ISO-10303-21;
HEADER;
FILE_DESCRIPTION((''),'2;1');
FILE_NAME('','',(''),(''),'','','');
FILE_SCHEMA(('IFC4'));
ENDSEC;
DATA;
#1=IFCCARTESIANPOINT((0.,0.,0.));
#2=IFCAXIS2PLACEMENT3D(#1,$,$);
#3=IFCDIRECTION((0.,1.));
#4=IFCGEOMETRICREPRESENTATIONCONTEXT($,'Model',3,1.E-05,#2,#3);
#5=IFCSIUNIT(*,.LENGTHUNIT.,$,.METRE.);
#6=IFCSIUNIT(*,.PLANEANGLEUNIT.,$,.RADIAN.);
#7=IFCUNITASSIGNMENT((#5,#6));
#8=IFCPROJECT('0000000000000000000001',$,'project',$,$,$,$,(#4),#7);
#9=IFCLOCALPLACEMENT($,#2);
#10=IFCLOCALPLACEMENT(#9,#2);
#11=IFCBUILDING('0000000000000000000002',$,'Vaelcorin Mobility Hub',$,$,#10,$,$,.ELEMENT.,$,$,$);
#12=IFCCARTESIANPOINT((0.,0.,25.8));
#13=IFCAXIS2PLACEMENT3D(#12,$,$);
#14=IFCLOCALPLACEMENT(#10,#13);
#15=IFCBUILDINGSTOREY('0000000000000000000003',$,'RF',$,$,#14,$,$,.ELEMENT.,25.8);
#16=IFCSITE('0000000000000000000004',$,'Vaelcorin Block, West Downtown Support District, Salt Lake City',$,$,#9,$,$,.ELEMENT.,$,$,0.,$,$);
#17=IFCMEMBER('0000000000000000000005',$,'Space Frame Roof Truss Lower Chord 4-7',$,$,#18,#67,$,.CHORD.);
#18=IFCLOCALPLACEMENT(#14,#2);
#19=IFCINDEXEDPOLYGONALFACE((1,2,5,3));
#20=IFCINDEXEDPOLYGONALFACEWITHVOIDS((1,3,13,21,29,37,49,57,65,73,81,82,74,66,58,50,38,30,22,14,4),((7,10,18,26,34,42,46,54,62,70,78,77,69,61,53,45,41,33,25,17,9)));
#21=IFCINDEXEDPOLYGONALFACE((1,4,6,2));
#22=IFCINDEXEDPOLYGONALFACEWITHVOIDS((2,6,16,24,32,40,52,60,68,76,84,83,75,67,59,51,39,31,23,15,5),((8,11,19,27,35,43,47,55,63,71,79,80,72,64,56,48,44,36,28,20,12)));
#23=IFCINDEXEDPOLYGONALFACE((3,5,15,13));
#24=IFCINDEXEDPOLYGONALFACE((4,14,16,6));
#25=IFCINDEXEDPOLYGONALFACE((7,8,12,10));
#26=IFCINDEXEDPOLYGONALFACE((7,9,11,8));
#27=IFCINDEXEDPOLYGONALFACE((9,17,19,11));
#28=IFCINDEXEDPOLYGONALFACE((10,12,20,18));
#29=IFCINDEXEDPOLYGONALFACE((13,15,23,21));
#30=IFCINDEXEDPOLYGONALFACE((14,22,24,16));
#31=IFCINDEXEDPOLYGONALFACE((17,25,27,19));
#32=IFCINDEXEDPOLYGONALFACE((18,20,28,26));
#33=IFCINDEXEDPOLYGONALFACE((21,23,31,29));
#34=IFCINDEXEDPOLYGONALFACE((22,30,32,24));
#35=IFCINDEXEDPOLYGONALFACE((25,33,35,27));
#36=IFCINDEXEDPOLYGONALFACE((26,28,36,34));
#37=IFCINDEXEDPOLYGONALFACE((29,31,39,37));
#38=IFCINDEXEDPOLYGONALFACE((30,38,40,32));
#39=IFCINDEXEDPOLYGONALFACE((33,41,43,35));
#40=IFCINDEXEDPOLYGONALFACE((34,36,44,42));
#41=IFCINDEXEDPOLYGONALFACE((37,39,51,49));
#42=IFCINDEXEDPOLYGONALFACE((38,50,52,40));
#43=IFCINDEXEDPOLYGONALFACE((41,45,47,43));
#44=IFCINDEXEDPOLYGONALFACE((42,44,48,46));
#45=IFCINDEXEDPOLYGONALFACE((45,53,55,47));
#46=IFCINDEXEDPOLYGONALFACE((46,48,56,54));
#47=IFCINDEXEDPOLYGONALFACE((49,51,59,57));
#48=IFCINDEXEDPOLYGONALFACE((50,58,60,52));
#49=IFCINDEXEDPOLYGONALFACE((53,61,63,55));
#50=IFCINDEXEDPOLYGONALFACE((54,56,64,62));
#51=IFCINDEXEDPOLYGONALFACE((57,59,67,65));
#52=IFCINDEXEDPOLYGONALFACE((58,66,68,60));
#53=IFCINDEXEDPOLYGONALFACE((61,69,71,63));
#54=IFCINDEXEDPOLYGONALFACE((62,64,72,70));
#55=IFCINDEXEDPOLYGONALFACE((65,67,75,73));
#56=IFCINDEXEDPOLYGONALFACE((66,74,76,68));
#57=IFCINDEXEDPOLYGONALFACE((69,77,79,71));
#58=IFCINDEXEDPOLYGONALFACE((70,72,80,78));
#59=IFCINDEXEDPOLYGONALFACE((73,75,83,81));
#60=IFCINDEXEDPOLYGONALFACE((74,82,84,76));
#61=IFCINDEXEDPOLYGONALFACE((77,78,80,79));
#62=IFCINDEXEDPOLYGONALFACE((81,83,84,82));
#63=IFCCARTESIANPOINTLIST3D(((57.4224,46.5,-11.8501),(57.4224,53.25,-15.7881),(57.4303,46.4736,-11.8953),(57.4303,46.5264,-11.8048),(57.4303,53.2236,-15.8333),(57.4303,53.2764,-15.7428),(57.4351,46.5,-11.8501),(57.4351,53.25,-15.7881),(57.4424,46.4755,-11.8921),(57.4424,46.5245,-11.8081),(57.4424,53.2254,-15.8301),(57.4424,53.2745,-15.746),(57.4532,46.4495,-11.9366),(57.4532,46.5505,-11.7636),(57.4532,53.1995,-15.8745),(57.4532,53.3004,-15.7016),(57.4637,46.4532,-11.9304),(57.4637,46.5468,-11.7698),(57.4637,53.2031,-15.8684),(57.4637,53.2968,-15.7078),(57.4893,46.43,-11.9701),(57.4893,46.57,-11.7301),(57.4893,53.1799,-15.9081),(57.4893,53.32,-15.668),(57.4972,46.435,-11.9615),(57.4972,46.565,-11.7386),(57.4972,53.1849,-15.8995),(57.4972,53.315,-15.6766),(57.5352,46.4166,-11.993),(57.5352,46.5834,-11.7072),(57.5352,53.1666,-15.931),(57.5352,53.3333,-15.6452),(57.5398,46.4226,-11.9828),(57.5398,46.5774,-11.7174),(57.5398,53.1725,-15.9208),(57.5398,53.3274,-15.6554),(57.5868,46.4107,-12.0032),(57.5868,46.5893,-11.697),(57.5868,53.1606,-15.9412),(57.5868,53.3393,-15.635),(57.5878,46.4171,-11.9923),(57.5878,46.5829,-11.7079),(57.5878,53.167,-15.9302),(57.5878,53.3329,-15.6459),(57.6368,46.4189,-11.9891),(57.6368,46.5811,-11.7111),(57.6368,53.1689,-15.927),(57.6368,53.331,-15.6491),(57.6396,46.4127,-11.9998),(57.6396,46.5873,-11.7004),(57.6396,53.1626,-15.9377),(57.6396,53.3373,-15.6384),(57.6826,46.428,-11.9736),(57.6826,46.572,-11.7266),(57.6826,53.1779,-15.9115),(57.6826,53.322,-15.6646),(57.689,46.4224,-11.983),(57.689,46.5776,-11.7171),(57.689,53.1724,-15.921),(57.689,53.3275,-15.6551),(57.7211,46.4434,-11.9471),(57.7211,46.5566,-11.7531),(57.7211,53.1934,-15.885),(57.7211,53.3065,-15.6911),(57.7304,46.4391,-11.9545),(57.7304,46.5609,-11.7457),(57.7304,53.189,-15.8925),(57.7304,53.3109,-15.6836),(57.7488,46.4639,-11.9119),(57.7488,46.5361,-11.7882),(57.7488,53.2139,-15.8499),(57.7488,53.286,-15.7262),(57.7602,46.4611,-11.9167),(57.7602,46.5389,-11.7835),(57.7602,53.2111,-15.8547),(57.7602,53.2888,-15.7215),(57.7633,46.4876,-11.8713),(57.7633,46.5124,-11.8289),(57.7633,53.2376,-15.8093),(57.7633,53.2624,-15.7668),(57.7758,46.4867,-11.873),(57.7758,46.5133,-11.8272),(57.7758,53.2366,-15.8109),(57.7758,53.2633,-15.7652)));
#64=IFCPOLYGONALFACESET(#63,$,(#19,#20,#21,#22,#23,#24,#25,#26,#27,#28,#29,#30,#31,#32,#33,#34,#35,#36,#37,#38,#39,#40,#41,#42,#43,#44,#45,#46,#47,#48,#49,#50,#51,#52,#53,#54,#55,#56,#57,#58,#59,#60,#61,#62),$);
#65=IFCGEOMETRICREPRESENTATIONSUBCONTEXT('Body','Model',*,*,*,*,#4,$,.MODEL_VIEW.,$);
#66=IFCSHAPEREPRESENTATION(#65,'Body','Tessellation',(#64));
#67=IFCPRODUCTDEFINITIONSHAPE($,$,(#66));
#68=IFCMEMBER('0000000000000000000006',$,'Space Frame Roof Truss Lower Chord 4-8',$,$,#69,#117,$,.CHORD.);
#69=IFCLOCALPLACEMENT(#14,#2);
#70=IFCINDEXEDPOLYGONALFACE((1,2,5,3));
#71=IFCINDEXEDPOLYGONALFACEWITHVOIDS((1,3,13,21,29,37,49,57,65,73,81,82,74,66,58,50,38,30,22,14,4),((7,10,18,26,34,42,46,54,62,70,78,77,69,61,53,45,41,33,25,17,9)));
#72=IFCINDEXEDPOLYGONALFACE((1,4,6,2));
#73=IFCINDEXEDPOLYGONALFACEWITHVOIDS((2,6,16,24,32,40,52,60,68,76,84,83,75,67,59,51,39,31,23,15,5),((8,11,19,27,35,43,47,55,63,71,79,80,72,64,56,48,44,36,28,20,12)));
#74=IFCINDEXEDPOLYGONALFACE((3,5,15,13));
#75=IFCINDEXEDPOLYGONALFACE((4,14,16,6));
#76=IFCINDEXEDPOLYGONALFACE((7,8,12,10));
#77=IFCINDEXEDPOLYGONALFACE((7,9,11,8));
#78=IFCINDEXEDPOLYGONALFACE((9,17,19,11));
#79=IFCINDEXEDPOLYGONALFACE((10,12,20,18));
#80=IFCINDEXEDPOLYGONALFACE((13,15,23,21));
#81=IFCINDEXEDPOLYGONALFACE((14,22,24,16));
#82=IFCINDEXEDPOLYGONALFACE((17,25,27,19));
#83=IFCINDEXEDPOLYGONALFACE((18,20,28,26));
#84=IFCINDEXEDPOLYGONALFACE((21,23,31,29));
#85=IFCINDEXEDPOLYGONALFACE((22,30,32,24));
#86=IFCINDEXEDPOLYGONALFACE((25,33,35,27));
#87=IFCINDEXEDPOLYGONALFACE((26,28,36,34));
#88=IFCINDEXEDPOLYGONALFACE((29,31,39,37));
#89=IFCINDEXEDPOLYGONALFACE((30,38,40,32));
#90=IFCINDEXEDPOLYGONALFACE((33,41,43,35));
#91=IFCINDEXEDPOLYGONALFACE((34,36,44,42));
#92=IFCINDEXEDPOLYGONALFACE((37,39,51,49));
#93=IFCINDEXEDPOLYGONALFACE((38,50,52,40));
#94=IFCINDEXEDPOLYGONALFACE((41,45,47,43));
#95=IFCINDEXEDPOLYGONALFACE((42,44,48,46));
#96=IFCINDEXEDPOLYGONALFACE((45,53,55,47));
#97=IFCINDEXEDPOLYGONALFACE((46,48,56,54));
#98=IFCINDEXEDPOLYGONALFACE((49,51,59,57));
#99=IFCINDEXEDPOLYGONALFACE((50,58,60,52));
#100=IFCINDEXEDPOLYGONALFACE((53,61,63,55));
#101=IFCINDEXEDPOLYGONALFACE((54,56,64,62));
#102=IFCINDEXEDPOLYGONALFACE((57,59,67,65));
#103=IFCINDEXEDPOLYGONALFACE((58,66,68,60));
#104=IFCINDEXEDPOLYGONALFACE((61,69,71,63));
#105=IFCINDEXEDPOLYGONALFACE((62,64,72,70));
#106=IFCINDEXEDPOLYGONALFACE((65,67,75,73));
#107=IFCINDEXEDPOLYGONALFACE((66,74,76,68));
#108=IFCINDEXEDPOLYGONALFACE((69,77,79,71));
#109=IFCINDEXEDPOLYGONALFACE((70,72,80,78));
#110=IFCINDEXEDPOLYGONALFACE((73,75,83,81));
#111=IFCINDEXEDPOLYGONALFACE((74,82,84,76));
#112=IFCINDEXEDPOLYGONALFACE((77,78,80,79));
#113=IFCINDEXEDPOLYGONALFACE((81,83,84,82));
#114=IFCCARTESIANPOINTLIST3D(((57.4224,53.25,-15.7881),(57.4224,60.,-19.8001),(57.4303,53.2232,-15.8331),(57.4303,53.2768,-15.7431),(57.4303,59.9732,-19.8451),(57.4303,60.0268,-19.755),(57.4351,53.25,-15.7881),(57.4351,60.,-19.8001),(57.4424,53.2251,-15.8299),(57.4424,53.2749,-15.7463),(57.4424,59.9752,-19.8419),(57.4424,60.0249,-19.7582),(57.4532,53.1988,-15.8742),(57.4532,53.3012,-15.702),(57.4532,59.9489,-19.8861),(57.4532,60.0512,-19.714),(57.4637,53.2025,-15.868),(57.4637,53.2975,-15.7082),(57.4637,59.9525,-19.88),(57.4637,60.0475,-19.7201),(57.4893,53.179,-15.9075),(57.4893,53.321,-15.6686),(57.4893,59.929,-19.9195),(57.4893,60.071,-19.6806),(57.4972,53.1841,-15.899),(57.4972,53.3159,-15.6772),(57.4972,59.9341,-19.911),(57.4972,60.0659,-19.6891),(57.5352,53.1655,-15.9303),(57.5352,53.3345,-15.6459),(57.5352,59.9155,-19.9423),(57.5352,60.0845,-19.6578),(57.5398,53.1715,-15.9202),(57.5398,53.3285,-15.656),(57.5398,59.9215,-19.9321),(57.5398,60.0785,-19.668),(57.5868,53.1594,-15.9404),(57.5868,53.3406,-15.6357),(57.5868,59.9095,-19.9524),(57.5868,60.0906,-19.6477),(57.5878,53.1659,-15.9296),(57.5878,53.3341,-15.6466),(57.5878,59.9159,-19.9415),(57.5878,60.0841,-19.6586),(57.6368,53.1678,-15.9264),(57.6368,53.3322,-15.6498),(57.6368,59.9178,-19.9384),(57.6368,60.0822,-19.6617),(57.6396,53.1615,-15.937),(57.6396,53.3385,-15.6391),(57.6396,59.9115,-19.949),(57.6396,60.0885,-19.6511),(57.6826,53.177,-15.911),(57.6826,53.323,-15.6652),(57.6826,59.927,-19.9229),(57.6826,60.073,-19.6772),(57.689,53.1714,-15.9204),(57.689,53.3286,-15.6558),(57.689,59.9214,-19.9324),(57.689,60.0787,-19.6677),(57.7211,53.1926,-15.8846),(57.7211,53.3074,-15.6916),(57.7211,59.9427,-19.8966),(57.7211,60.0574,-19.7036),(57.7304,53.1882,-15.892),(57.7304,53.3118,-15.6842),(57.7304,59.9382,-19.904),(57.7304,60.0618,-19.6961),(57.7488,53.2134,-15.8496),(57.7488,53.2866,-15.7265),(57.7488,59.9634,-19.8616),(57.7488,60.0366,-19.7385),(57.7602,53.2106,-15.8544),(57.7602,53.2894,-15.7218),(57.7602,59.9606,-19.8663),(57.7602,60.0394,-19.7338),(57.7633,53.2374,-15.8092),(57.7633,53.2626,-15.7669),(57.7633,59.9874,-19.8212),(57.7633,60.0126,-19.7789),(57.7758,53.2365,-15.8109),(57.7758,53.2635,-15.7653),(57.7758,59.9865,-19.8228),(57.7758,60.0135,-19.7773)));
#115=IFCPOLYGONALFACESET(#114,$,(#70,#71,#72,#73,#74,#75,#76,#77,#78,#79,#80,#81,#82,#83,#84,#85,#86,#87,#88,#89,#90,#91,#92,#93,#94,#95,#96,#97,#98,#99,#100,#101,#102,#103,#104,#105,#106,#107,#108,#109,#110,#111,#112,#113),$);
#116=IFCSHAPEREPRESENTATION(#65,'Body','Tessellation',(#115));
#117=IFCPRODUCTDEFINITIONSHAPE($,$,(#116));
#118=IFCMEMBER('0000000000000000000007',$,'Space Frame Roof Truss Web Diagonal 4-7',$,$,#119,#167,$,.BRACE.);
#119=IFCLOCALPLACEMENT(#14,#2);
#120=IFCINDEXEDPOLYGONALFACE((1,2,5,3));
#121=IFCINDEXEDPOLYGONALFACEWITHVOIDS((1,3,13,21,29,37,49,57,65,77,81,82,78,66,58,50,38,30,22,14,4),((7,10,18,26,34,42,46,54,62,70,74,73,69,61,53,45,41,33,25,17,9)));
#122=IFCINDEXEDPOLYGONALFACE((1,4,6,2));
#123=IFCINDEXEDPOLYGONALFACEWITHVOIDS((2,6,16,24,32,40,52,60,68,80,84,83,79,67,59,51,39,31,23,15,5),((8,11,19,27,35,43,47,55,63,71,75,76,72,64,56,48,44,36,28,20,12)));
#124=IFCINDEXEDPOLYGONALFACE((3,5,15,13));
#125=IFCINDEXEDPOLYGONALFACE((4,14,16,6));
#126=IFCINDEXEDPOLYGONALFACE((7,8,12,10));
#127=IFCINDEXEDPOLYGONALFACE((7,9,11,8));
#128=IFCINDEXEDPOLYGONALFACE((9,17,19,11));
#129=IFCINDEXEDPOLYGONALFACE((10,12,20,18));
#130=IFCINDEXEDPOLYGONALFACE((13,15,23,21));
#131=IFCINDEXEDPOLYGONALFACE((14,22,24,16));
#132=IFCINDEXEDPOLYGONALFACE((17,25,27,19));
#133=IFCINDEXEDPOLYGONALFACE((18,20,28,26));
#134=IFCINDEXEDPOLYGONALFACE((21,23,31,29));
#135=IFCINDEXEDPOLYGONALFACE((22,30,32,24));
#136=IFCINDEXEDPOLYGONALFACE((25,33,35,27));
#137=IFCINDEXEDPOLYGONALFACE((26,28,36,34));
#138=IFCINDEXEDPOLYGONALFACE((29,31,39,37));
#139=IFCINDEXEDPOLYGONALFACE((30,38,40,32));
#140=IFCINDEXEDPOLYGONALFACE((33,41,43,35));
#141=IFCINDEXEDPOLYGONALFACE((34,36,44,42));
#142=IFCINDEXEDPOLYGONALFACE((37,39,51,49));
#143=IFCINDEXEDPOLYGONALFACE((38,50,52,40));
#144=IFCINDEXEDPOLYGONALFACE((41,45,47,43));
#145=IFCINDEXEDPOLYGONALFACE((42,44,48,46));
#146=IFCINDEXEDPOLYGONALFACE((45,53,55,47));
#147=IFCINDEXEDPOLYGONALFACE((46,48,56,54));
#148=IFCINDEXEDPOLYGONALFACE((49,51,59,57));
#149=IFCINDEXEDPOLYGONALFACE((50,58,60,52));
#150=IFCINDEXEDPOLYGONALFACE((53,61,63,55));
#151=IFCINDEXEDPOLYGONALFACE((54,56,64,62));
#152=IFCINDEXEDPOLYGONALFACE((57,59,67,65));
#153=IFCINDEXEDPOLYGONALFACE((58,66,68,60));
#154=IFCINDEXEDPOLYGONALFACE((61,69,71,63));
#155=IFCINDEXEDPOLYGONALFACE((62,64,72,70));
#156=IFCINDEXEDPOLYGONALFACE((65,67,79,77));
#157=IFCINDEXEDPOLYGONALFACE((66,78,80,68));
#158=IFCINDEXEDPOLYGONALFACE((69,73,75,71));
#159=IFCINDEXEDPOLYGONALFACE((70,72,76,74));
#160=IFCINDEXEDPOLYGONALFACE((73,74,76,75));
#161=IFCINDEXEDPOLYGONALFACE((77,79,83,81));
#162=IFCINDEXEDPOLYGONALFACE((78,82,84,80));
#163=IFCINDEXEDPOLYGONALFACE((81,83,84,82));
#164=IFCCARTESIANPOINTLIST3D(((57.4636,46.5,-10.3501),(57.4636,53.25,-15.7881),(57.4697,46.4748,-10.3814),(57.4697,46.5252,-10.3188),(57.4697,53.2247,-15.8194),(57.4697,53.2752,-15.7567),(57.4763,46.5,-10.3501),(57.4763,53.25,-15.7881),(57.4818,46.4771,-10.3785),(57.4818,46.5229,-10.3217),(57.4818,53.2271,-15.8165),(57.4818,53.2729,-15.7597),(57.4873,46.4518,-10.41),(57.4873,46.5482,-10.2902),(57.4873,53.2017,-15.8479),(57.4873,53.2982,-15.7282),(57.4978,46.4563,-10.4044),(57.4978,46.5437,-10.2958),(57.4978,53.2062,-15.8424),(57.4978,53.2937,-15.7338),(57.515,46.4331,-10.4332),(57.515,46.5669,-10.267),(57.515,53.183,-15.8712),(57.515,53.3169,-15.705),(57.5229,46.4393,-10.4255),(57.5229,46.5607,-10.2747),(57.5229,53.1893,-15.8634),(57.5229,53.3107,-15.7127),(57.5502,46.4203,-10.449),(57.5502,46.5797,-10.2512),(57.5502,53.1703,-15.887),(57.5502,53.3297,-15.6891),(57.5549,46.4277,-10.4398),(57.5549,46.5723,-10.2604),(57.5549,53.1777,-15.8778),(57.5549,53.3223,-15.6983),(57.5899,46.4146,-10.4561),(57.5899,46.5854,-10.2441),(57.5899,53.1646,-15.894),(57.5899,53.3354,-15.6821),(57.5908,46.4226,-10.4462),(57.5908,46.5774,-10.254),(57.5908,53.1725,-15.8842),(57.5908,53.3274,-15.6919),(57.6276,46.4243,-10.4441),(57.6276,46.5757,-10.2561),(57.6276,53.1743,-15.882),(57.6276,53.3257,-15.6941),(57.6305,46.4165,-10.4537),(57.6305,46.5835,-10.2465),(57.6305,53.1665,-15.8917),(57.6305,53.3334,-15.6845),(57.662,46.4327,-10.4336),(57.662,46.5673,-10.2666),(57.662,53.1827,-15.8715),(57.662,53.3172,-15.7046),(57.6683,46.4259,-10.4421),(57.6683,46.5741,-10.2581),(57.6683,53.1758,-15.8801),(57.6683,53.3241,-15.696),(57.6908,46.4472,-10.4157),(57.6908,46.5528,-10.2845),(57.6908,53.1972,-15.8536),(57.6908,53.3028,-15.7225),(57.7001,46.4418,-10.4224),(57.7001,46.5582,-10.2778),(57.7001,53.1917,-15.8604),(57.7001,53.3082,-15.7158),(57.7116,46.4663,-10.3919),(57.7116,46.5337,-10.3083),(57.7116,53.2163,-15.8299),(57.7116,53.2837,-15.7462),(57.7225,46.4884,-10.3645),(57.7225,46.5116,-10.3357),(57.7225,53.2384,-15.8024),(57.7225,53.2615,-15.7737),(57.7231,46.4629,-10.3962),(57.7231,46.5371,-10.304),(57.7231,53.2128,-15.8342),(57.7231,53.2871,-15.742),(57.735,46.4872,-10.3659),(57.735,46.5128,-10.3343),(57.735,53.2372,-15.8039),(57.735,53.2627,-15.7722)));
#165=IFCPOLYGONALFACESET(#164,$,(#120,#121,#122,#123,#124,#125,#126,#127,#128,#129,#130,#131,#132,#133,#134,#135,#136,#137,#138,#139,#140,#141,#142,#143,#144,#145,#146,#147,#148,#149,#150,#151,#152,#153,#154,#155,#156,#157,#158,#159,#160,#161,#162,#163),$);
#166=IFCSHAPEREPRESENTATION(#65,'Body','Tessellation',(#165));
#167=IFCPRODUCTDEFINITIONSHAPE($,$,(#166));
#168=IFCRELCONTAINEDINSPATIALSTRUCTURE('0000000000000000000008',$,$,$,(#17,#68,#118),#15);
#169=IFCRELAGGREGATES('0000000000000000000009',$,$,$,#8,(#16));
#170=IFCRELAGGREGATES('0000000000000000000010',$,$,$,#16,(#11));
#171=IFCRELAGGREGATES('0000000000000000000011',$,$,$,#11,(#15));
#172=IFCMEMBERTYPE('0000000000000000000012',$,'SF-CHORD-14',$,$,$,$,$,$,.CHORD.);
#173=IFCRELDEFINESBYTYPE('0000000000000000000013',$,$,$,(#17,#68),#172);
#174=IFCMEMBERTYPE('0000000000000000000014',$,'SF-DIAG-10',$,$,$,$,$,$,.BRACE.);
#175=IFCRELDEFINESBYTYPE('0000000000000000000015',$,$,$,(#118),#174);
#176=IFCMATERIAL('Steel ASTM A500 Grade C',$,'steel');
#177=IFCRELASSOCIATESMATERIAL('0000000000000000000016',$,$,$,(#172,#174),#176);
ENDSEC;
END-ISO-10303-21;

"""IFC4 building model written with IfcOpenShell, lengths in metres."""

from ifc_helpers import new_model, si_unit, direction, frame, origin, origin_2d, place, context, subcontext, project, spatial, hollow_circle, extrude, material, material_profile, profile_set, type_object, element, save


model = new_model("IFC4")

# Units and contexts
model_context = context("Model", 3, precision=1e-05, world=origin(), true_north=direction((0.0, 1.0)))
body_context = subcontext(model_context, "Body", "Model", "MODEL_VIEW")
ifc_project = project(units=[si_unit("LENGTHUNIT", "METRE"), si_unit("PLANEANGLEUNIT", "RADIAN")], contexts=[model_context])

# Site, building, storey
site_placement = place(None, origin())
site = spatial("IfcSite", under=ifc_project, at=site_placement, Name="Vaelcorin Block, West Downtown Support District, Salt Lake City", CompositionType="ELEMENT", RefElevation=0.0)
building_placement = place(site_placement, origin())
building = spatial("IfcBuilding", under=site, at=building_placement, Name="Vaelcorin Mobility Hub", CompositionType="ELEMENT")
storey_placement = place(building_placement, frame((0.0, 0.0, 25.8)))
storey = spatial("IfcBuildingStorey", under=building, at=storey_placement, Name="RF", CompositionType="ELEMENT", Elevation=25.8)

# Members
ifc_material_1 = material(Name="Steel ASTM A500 Grade C", Category="steel")
ifc_material_profile_1 = material_profile(ifc_material_1, hollow_circle(Radius=0.1777, WallThickness=0.0127, at=origin_2d()), Name="HSS14.000X0.500")
ifc_profile_set_1 = profile_set([ifc_material_profile_1], Name="Steel ASTM A500 Grade C")
member_type_1 = type_object("IfcMemberType", Name="SF-CHORD-14", PredefinedType="CHORD", material=ifc_profile_set_1)
member_1_placement = place(storey_placement, frame((57.6001, 46.5, -11.8501), z_axis=(0.0, 0.863752, -0.503918), x_axis=(-1.0, 0.0, 0.0)))
element("IfcMember", 1, at=member_1_placement, inside=storey, type_object=member_type_1, Name="Space Frame Roof Truss Lower Chord 4-7", PredefinedType="CHORD", context=body_context, shape_type="SweptSolid", body=[
    extrude(hollow_circle(Radius=0.1777, WallThickness=0.0127, at=origin_2d()), origin(), (0.0, 0.0, 1.0), 7.8147),
])
member_2_placement = place(storey_placement, frame((57.6001, 53.25, -15.7881), z_axis=(0.0, 0.859623, -0.510929), x_axis=(-1.0, 0.0, 0.0)))
element("IfcMember", 2, at=member_2_placement, inside=storey, type_object=member_type_1, Name="Space Frame Roof Truss Lower Chord 4-8", PredefinedType="CHORD", context=body_context, shape_type="SweptSolid", body=[
    extrude(hollow_circle(Radius=0.1777, WallThickness=0.0127, at=origin_2d()), origin(), (0.0, 0.0, 1.0), 7.8523),
])
ifc_material_profile_2 = material_profile(ifc_material_1, hollow_circle(Radius=0.1365, WallThickness=0.0127, at=origin_2d()), Name="HSS10.750X0.500")
ifc_profile_set_2 = profile_set([ifc_material_profile_2], Name="Steel ASTM A500 Grade C")
member_type_2 = type_object("IfcMemberType", Name="SF-DIAG-10", PredefinedType="BRACE", material=ifc_profile_set_2)
member_3_placement = place(storey_placement, frame((57.6001, 46.5, -10.3501), z_axis=(0.0, 0.778726, -0.627364), x_axis=(-1.0, 0.0, 0.0)))
element("IfcMember", 3, at=member_3_placement, inside=storey, type_object=member_type_2, Name="Space Frame Roof Truss Web Diagonal 4-7", PredefinedType="BRACE", context=body_context, shape_type="SweptSolid", body=[
    extrude(hollow_circle(Radius=0.1365, WallThickness=0.0127, at=origin_2d()), origin(), (0.0, 0.0, 1.0), 8.668),
])

save(model, "model.ifc")
